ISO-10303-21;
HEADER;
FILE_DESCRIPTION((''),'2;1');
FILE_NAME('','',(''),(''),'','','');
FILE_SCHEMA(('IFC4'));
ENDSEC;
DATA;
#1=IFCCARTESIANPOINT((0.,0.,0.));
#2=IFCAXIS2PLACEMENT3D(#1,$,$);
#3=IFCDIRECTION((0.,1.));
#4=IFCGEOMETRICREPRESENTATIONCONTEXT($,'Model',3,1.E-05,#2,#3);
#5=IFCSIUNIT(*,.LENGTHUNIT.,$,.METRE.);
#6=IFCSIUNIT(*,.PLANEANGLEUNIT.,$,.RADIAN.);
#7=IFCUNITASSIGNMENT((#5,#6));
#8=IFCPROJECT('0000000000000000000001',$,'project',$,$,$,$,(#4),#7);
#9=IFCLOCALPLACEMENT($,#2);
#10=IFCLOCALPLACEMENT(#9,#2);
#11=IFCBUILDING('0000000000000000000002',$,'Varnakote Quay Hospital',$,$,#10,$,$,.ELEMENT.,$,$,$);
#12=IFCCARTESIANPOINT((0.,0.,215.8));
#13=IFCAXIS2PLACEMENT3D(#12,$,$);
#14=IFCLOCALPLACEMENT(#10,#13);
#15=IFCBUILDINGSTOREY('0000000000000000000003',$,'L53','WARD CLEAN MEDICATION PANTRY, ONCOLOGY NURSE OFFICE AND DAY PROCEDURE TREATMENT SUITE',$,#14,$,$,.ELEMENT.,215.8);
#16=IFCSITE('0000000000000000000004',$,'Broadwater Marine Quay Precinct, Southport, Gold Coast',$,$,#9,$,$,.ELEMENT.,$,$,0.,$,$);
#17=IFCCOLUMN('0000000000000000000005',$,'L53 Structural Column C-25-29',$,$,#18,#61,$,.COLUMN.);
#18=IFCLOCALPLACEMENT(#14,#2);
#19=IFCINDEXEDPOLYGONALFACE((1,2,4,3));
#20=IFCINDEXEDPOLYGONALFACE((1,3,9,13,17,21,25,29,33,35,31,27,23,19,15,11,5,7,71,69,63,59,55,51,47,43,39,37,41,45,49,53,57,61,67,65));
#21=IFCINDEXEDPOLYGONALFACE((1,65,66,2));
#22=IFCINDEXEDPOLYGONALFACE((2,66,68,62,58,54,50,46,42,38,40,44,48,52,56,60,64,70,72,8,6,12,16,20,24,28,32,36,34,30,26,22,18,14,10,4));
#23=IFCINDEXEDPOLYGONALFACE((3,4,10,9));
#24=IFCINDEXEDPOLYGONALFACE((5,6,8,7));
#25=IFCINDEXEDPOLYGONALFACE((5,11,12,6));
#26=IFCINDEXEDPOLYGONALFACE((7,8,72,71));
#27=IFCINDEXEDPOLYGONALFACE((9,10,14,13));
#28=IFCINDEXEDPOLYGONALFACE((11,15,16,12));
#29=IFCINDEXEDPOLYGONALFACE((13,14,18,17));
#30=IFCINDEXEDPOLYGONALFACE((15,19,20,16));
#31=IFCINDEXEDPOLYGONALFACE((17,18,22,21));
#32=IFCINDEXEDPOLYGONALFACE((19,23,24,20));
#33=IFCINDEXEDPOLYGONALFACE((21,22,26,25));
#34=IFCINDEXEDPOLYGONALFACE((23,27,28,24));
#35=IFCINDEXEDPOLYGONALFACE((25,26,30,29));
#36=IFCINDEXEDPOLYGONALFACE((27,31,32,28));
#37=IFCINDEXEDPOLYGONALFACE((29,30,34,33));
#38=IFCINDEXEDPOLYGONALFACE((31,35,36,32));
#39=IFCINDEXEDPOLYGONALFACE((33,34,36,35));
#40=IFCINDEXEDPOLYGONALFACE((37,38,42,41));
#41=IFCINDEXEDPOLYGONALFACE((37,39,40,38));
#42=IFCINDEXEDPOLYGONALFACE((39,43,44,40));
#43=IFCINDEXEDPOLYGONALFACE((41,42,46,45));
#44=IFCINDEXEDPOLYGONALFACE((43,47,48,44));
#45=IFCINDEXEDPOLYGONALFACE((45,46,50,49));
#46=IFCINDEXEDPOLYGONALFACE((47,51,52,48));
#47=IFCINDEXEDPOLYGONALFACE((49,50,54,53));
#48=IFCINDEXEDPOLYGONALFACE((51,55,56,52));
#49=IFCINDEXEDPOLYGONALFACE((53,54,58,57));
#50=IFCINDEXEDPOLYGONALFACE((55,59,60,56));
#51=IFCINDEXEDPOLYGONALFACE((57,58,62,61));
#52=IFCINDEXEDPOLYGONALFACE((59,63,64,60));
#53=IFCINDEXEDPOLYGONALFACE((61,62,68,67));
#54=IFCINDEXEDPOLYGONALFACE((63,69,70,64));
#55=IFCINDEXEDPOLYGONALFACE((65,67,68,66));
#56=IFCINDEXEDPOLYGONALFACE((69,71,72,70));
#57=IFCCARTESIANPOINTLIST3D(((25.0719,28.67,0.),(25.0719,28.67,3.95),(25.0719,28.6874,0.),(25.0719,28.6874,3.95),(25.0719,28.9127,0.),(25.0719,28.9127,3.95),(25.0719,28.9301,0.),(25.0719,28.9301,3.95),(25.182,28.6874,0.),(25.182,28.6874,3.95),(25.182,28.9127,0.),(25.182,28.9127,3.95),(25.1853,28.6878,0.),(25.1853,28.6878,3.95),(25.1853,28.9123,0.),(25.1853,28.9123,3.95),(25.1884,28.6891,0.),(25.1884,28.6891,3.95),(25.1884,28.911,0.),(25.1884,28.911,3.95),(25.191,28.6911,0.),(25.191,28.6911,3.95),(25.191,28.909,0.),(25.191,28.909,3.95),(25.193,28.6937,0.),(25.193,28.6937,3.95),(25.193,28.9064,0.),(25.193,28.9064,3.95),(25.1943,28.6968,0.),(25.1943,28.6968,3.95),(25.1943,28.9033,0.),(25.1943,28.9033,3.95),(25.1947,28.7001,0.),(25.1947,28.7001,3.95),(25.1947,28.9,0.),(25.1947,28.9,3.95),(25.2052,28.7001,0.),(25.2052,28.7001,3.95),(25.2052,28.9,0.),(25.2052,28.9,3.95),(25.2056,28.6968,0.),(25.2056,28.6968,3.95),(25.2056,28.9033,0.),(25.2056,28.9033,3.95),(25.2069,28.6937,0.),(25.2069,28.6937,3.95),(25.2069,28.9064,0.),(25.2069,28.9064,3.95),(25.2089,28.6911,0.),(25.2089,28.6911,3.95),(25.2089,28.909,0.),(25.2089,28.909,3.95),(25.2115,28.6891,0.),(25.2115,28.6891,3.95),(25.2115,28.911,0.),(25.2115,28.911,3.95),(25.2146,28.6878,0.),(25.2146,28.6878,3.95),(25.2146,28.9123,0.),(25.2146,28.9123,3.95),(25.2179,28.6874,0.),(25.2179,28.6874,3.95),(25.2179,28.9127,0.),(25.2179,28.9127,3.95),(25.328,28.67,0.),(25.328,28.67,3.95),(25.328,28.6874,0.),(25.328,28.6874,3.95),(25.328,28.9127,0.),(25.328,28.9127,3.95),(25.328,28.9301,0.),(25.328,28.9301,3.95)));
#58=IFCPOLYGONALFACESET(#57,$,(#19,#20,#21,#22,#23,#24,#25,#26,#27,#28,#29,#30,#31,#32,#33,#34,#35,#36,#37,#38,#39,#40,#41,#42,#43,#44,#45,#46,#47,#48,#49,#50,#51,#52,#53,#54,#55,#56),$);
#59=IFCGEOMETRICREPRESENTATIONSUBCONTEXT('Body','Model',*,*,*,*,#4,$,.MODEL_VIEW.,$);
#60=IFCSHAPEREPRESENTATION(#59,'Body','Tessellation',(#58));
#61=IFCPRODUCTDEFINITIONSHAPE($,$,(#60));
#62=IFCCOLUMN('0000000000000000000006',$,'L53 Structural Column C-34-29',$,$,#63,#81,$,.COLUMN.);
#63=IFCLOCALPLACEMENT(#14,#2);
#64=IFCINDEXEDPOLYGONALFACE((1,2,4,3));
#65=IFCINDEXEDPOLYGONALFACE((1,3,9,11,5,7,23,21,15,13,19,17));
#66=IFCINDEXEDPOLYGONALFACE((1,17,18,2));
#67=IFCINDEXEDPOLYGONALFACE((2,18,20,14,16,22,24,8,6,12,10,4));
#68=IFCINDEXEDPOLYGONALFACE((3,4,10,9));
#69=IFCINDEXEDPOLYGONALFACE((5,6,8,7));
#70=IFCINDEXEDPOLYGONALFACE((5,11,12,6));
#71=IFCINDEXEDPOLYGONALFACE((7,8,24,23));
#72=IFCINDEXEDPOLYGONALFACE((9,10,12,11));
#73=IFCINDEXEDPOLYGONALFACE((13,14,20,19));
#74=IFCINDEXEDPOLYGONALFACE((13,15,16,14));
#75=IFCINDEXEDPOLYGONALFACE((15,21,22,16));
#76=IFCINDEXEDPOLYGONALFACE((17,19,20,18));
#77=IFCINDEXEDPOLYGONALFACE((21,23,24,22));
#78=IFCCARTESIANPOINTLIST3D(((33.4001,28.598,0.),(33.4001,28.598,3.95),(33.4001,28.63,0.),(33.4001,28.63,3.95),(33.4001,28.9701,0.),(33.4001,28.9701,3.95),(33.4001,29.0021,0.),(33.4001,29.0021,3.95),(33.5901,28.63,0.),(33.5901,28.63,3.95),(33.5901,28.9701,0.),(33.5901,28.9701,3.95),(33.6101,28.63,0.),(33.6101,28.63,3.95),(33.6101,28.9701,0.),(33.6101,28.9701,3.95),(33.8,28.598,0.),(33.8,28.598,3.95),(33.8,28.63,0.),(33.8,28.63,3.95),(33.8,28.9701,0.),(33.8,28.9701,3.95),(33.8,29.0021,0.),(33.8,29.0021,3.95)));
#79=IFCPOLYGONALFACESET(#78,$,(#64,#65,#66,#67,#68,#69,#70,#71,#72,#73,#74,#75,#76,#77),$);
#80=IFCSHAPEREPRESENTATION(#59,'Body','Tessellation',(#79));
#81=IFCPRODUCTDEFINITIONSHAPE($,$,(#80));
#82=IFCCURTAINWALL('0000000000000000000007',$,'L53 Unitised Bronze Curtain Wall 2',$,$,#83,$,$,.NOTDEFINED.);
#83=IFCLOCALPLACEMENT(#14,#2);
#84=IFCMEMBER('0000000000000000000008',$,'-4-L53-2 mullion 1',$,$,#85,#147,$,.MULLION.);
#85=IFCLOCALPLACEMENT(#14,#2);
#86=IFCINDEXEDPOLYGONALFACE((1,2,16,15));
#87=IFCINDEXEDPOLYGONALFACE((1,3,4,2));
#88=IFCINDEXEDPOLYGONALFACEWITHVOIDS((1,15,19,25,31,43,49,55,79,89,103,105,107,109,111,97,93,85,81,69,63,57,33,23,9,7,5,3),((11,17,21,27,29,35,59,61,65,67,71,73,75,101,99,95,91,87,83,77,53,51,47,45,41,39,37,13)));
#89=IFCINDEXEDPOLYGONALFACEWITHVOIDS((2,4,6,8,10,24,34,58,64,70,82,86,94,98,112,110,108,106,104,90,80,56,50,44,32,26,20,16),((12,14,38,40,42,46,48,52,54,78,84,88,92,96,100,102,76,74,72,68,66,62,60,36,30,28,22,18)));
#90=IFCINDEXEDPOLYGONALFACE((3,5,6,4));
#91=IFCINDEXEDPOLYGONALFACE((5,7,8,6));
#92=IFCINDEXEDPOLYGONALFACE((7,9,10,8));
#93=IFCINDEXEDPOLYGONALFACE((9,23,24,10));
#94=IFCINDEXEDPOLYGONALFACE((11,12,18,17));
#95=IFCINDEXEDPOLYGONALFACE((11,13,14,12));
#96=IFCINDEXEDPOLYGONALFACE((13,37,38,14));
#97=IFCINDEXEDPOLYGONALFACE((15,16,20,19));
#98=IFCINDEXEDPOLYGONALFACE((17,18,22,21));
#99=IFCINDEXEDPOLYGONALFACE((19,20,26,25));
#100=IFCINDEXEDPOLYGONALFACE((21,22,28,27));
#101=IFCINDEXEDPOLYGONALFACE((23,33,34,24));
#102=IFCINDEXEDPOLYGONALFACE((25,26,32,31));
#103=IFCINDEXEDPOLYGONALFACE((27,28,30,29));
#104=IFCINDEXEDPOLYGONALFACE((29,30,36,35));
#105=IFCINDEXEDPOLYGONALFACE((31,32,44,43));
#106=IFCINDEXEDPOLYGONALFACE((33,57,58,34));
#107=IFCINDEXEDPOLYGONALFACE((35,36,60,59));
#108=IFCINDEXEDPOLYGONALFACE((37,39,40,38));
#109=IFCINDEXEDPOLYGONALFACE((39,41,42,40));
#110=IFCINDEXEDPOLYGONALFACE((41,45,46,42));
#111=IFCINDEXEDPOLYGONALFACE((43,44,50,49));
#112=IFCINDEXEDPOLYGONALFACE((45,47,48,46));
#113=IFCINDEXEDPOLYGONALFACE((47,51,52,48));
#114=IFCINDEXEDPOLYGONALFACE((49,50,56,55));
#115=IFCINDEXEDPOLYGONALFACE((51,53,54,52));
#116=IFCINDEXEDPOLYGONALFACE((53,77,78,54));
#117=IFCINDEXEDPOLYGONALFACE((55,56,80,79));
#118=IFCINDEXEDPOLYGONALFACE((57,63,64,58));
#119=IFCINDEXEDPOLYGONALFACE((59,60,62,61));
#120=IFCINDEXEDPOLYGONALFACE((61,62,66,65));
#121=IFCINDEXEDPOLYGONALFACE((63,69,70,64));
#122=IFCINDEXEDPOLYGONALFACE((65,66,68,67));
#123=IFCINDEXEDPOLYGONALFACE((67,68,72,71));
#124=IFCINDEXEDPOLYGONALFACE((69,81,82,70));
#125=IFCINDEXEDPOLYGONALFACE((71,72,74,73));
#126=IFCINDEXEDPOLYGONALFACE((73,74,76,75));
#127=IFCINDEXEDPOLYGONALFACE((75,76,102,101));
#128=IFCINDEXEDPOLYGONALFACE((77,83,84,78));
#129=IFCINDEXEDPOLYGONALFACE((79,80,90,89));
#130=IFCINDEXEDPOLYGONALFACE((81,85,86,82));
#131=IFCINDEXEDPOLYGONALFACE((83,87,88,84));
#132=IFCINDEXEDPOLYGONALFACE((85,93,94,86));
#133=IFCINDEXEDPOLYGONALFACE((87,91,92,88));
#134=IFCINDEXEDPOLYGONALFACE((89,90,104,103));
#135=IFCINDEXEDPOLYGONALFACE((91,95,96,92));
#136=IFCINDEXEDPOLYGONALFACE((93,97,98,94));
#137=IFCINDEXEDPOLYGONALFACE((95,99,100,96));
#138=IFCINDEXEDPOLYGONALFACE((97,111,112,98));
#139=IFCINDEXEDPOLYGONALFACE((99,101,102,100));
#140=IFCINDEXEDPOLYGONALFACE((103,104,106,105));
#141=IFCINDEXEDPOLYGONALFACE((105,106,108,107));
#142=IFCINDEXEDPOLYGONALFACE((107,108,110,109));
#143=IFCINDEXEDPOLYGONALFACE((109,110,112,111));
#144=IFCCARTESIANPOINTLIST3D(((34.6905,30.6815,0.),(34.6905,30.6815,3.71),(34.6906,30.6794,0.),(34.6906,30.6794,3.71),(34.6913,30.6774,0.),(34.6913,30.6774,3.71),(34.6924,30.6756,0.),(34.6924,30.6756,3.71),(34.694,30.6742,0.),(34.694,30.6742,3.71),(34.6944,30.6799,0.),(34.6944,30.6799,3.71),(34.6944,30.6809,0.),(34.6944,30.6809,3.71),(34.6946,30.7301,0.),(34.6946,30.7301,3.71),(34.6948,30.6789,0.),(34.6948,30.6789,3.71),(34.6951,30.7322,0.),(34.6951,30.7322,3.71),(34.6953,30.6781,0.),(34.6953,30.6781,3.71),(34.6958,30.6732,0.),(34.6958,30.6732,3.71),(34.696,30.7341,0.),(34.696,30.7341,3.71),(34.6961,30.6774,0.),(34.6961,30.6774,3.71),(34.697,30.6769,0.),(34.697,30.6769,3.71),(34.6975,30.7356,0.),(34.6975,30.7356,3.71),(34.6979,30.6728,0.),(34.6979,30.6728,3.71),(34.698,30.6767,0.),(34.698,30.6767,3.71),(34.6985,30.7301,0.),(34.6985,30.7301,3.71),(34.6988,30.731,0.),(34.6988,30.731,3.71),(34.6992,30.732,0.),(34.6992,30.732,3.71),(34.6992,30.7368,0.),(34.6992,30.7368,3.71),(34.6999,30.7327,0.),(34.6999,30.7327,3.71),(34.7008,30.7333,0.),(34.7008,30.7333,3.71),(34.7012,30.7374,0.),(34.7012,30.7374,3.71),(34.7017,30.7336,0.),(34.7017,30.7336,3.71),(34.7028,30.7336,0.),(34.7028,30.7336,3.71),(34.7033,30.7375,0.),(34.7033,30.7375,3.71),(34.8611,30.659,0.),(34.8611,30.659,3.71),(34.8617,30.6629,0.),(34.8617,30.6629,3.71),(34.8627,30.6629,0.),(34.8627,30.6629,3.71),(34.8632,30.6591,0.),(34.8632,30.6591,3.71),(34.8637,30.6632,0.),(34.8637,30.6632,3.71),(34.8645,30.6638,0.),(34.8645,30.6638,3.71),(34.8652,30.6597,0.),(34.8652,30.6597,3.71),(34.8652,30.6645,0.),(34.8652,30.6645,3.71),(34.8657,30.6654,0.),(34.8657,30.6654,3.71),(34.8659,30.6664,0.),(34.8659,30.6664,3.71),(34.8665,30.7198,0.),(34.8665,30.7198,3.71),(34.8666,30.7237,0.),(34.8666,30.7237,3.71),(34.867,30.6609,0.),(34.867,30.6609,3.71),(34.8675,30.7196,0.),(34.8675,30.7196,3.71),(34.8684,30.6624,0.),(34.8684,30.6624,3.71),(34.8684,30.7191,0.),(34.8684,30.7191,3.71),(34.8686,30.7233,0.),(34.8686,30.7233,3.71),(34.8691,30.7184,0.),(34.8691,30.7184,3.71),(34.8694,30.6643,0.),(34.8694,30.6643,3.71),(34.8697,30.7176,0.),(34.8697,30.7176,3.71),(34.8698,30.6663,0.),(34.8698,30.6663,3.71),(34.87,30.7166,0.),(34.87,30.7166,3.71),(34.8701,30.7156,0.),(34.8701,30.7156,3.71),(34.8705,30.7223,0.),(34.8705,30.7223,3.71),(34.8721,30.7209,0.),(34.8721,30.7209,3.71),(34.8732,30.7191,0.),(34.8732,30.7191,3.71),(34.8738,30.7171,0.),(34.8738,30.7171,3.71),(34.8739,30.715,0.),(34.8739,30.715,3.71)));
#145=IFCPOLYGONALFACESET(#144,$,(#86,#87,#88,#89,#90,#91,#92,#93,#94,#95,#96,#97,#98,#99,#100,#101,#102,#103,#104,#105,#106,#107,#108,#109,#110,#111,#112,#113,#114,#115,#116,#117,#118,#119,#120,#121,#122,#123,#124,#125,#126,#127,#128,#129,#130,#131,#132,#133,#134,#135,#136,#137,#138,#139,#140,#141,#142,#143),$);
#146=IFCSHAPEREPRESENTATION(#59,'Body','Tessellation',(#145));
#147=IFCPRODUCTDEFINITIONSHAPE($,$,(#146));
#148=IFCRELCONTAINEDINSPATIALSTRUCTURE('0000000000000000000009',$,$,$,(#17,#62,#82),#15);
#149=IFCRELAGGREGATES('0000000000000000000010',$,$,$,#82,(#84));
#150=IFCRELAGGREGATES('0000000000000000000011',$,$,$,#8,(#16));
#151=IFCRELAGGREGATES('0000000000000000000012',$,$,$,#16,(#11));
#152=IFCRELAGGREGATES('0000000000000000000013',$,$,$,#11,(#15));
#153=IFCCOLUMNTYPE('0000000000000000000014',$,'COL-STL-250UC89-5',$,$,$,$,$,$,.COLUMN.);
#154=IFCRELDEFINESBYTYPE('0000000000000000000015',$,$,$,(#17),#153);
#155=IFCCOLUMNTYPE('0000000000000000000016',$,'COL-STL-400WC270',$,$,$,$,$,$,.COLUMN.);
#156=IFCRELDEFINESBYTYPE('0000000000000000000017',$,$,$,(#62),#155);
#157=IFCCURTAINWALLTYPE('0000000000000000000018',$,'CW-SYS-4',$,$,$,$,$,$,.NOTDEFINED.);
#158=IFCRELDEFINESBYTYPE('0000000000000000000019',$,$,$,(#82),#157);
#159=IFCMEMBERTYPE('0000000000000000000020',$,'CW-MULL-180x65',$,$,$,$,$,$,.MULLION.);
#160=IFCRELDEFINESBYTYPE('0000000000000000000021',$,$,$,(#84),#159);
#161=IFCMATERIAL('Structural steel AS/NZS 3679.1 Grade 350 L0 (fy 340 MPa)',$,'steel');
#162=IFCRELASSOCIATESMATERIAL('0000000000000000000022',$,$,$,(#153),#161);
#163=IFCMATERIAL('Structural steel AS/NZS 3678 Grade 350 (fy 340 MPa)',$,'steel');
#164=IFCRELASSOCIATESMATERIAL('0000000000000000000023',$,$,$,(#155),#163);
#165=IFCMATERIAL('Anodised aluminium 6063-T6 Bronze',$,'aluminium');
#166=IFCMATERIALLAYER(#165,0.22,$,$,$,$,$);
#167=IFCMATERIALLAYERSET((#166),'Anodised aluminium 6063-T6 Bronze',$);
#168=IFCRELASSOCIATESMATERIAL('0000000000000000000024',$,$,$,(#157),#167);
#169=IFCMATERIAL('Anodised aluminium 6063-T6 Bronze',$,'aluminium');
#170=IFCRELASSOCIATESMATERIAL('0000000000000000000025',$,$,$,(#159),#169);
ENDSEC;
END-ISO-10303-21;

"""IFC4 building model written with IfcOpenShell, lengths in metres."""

from ifc_helpers import new_model, si_unit, direction, frame, origin, origin_2d, place, context, subcontext, project, spatial, hollow_rectangle, i_section, extrude, material, layer, layer_set, material_profile, profile_set, type_object, element, aggregate, save


model = new_model("IFC4")

# Units and contexts
model_context = context("Model", 3, precision=1e-05, world=origin(), true_north=direction((0.0, 1.0)))
body_context = subcontext(model_context, "Body", "Model", "MODEL_VIEW")
ifc_project = project(units=[si_unit("LENGTHUNIT", "METRE"), si_unit("PLANEANGLEUNIT", "RADIAN")], contexts=[model_context])

# Site, building, storey
site_placement = place(None, origin())
site = spatial("IfcSite", under=ifc_project, at=site_placement, Name="Broadwater Marine Quay Precinct, Southport, Gold Coast", CompositionType="ELEMENT", RefElevation=0.0)
building_placement = place(site_placement, origin())
building = spatial("IfcBuilding", under=site, at=building_placement, Name="Varnakote Quay Hospital", CompositionType="ELEMENT")
storey_placement = place(building_placement, frame((0.0, 0.0, 215.8)))
storey = spatial("IfcBuildingStorey", under=building, at=storey_placement, Name="L53", Description="WARD CLEAN MEDICATION PANTRY, ONCOLOGY NURSE OFFICE AND DAY PROCEDURE TREATMENT SUITE", CompositionType="ELEMENT", Elevation=215.8)

# Columns
ifc_material_1 = material(Name="Structural steel AS/NZS 3679.1 Grade 350 L0 (fy 340 MPa)", Category="steel")
ifc_material_profile_1 = material_profile(ifc_material_1, i_section(OverallWidth=0.2561, OverallDepth=0.26, WebThickness=0.0105, FlangeThickness=0.0173, FilletRadius=0.0127, at=origin_2d()), Name="250UC89.5")
ifc_profile_set_1 = profile_set([ifc_material_profile_1], Name="Structural steel AS/NZS 3679.1 Grade 350 L0 (fy 340 MPa)")
column_type_1 = type_object("IfcColumnType", Name="COL-STL-250UC89-5", PredefinedType="COLUMN", material=ifc_profile_set_1)
column_1_placement = place(storey_placement, frame((25.2, 28.8, 0.0), z_axis=(0.0, 0.0, 1.0), x_axis=(1.0, 0.0, 0.0)))
element("IfcColumn", 1, at=column_1_placement, inside=storey, type_object=column_type_1, Name="L53 Structural Column C-25-29", PredefinedType="COLUMN", context=body_context, shape_type="SweptSolid", body=[
    extrude(i_section(OverallWidth=0.2561, OverallDepth=0.26, WebThickness=0.0105, FlangeThickness=0.0173, FilletRadius=0.0127, at=origin_2d()), origin(), (0.0, 0.0, 1.0), 3.95),
])
ifc_material_2 = material(Name="Structural steel AS/NZS 3678 Grade 350 (fy 340 MPa)", Category="steel")
ifc_material_profile_2 = material_profile(ifc_material_2, i_section(OverallWidth=0.3999, OverallDepth=0.4041, WebThickness=0.02, FlangeThickness=0.032, at=origin_2d()), Name="400WC270")
ifc_profile_set_2 = profile_set([ifc_material_profile_2], Name="Structural steel AS/NZS 3678 Grade 350 (fy 340 MPa)")
column_type_2 = type_object("IfcColumnType", Name="COL-STL-400WC270", PredefinedType="COLUMN", material=ifc_profile_set_2)
column_2_placement = place(storey_placement, frame((33.6001, 28.8, 0.0), z_axis=(0.0, 0.0, 1.0), x_axis=(1.0, 0.0, 0.0)))
element("IfcColumn", 2, at=column_2_placement, inside=storey, type_object=column_type_2, Name="L53 Structural Column C-34-29", PredefinedType="COLUMN", context=body_context, shape_type="SweptSolid", body=[
    extrude(i_section(OverallWidth=0.3999, OverallDepth=0.4041, WebThickness=0.02, FlangeThickness=0.032, at=origin_2d()), origin(), (0.0, 0.0, 1.0), 3.95),
])

# Curtain wall, member
ifc_material_3 = material(Name="Anodised aluminium 6063-T6 Bronze", Category="aluminium")
ifc_layer_1 = layer(ifc_material_3, 0.22)
ifc_layer_set_1 = layer_set([ifc_layer_1], Name="Anodised aluminium 6063-T6 Bronze")
curtain_wall_type = type_object("IfcCurtainWallType", Name="CW-SYS-4", PredefinedType="NOTDEFINED", material=ifc_layer_set_1)
curtain_wall_placement = place(storey_placement, origin())
curtain_wall = element("IfcCurtainWall", 3, at=curtain_wall_placement, inside=storey, type_object=curtain_wall_type, Name="L53 Unitised Bronze Curtain Wall 2", PredefinedType="NOTDEFINED")
ifc_material_4 = material(Name="Anodised aluminium 6063-T6 Bronze", Category="aluminium")
ifc_material_profile_3 = material_profile(ifc_material_4, hollow_rectangle(XDim=0.0649, YDim=0.1799, WallThickness=0.0039, InnerFilletRadius=0.0039, OuterFilletRadius=0.0081, at=origin_2d()), Name="CW-MULL-180x65")
ifc_profile_set_3 = profile_set([ifc_material_profile_3], Name="Anodised aluminium 6063-T6 Bronze")
member_type_1 = type_object("IfcMemberType", Name="CW-MULL-180x65", PredefinedType="MULLION", material=ifc_profile_set_3)
member_1_placement = place(storey_placement, frame((34.7822, 30.6982, 0.0), z_axis=(0.0, 0.0, 1.0), x_axis=(-0.084136, -0.996454, 0.0)))
member_1 = element("IfcMember", 4, at=member_1_placement, type_object=member_type_1, Name="-4-L53-2 mullion 1", PredefinedType="MULLION", context=body_context, shape_type="SweptSolid", body=[
    extrude(hollow_rectangle(XDim=0.0649, YDim=0.1799, WallThickness=0.0039, InnerFilletRadius=0.0039, OuterFilletRadius=0.0081, at=origin_2d()), origin(), (0.0, 0.0, 1.0), 3.71),
])

aggregate(curtain_wall, [member_1])

save(model, "model.ifc")
